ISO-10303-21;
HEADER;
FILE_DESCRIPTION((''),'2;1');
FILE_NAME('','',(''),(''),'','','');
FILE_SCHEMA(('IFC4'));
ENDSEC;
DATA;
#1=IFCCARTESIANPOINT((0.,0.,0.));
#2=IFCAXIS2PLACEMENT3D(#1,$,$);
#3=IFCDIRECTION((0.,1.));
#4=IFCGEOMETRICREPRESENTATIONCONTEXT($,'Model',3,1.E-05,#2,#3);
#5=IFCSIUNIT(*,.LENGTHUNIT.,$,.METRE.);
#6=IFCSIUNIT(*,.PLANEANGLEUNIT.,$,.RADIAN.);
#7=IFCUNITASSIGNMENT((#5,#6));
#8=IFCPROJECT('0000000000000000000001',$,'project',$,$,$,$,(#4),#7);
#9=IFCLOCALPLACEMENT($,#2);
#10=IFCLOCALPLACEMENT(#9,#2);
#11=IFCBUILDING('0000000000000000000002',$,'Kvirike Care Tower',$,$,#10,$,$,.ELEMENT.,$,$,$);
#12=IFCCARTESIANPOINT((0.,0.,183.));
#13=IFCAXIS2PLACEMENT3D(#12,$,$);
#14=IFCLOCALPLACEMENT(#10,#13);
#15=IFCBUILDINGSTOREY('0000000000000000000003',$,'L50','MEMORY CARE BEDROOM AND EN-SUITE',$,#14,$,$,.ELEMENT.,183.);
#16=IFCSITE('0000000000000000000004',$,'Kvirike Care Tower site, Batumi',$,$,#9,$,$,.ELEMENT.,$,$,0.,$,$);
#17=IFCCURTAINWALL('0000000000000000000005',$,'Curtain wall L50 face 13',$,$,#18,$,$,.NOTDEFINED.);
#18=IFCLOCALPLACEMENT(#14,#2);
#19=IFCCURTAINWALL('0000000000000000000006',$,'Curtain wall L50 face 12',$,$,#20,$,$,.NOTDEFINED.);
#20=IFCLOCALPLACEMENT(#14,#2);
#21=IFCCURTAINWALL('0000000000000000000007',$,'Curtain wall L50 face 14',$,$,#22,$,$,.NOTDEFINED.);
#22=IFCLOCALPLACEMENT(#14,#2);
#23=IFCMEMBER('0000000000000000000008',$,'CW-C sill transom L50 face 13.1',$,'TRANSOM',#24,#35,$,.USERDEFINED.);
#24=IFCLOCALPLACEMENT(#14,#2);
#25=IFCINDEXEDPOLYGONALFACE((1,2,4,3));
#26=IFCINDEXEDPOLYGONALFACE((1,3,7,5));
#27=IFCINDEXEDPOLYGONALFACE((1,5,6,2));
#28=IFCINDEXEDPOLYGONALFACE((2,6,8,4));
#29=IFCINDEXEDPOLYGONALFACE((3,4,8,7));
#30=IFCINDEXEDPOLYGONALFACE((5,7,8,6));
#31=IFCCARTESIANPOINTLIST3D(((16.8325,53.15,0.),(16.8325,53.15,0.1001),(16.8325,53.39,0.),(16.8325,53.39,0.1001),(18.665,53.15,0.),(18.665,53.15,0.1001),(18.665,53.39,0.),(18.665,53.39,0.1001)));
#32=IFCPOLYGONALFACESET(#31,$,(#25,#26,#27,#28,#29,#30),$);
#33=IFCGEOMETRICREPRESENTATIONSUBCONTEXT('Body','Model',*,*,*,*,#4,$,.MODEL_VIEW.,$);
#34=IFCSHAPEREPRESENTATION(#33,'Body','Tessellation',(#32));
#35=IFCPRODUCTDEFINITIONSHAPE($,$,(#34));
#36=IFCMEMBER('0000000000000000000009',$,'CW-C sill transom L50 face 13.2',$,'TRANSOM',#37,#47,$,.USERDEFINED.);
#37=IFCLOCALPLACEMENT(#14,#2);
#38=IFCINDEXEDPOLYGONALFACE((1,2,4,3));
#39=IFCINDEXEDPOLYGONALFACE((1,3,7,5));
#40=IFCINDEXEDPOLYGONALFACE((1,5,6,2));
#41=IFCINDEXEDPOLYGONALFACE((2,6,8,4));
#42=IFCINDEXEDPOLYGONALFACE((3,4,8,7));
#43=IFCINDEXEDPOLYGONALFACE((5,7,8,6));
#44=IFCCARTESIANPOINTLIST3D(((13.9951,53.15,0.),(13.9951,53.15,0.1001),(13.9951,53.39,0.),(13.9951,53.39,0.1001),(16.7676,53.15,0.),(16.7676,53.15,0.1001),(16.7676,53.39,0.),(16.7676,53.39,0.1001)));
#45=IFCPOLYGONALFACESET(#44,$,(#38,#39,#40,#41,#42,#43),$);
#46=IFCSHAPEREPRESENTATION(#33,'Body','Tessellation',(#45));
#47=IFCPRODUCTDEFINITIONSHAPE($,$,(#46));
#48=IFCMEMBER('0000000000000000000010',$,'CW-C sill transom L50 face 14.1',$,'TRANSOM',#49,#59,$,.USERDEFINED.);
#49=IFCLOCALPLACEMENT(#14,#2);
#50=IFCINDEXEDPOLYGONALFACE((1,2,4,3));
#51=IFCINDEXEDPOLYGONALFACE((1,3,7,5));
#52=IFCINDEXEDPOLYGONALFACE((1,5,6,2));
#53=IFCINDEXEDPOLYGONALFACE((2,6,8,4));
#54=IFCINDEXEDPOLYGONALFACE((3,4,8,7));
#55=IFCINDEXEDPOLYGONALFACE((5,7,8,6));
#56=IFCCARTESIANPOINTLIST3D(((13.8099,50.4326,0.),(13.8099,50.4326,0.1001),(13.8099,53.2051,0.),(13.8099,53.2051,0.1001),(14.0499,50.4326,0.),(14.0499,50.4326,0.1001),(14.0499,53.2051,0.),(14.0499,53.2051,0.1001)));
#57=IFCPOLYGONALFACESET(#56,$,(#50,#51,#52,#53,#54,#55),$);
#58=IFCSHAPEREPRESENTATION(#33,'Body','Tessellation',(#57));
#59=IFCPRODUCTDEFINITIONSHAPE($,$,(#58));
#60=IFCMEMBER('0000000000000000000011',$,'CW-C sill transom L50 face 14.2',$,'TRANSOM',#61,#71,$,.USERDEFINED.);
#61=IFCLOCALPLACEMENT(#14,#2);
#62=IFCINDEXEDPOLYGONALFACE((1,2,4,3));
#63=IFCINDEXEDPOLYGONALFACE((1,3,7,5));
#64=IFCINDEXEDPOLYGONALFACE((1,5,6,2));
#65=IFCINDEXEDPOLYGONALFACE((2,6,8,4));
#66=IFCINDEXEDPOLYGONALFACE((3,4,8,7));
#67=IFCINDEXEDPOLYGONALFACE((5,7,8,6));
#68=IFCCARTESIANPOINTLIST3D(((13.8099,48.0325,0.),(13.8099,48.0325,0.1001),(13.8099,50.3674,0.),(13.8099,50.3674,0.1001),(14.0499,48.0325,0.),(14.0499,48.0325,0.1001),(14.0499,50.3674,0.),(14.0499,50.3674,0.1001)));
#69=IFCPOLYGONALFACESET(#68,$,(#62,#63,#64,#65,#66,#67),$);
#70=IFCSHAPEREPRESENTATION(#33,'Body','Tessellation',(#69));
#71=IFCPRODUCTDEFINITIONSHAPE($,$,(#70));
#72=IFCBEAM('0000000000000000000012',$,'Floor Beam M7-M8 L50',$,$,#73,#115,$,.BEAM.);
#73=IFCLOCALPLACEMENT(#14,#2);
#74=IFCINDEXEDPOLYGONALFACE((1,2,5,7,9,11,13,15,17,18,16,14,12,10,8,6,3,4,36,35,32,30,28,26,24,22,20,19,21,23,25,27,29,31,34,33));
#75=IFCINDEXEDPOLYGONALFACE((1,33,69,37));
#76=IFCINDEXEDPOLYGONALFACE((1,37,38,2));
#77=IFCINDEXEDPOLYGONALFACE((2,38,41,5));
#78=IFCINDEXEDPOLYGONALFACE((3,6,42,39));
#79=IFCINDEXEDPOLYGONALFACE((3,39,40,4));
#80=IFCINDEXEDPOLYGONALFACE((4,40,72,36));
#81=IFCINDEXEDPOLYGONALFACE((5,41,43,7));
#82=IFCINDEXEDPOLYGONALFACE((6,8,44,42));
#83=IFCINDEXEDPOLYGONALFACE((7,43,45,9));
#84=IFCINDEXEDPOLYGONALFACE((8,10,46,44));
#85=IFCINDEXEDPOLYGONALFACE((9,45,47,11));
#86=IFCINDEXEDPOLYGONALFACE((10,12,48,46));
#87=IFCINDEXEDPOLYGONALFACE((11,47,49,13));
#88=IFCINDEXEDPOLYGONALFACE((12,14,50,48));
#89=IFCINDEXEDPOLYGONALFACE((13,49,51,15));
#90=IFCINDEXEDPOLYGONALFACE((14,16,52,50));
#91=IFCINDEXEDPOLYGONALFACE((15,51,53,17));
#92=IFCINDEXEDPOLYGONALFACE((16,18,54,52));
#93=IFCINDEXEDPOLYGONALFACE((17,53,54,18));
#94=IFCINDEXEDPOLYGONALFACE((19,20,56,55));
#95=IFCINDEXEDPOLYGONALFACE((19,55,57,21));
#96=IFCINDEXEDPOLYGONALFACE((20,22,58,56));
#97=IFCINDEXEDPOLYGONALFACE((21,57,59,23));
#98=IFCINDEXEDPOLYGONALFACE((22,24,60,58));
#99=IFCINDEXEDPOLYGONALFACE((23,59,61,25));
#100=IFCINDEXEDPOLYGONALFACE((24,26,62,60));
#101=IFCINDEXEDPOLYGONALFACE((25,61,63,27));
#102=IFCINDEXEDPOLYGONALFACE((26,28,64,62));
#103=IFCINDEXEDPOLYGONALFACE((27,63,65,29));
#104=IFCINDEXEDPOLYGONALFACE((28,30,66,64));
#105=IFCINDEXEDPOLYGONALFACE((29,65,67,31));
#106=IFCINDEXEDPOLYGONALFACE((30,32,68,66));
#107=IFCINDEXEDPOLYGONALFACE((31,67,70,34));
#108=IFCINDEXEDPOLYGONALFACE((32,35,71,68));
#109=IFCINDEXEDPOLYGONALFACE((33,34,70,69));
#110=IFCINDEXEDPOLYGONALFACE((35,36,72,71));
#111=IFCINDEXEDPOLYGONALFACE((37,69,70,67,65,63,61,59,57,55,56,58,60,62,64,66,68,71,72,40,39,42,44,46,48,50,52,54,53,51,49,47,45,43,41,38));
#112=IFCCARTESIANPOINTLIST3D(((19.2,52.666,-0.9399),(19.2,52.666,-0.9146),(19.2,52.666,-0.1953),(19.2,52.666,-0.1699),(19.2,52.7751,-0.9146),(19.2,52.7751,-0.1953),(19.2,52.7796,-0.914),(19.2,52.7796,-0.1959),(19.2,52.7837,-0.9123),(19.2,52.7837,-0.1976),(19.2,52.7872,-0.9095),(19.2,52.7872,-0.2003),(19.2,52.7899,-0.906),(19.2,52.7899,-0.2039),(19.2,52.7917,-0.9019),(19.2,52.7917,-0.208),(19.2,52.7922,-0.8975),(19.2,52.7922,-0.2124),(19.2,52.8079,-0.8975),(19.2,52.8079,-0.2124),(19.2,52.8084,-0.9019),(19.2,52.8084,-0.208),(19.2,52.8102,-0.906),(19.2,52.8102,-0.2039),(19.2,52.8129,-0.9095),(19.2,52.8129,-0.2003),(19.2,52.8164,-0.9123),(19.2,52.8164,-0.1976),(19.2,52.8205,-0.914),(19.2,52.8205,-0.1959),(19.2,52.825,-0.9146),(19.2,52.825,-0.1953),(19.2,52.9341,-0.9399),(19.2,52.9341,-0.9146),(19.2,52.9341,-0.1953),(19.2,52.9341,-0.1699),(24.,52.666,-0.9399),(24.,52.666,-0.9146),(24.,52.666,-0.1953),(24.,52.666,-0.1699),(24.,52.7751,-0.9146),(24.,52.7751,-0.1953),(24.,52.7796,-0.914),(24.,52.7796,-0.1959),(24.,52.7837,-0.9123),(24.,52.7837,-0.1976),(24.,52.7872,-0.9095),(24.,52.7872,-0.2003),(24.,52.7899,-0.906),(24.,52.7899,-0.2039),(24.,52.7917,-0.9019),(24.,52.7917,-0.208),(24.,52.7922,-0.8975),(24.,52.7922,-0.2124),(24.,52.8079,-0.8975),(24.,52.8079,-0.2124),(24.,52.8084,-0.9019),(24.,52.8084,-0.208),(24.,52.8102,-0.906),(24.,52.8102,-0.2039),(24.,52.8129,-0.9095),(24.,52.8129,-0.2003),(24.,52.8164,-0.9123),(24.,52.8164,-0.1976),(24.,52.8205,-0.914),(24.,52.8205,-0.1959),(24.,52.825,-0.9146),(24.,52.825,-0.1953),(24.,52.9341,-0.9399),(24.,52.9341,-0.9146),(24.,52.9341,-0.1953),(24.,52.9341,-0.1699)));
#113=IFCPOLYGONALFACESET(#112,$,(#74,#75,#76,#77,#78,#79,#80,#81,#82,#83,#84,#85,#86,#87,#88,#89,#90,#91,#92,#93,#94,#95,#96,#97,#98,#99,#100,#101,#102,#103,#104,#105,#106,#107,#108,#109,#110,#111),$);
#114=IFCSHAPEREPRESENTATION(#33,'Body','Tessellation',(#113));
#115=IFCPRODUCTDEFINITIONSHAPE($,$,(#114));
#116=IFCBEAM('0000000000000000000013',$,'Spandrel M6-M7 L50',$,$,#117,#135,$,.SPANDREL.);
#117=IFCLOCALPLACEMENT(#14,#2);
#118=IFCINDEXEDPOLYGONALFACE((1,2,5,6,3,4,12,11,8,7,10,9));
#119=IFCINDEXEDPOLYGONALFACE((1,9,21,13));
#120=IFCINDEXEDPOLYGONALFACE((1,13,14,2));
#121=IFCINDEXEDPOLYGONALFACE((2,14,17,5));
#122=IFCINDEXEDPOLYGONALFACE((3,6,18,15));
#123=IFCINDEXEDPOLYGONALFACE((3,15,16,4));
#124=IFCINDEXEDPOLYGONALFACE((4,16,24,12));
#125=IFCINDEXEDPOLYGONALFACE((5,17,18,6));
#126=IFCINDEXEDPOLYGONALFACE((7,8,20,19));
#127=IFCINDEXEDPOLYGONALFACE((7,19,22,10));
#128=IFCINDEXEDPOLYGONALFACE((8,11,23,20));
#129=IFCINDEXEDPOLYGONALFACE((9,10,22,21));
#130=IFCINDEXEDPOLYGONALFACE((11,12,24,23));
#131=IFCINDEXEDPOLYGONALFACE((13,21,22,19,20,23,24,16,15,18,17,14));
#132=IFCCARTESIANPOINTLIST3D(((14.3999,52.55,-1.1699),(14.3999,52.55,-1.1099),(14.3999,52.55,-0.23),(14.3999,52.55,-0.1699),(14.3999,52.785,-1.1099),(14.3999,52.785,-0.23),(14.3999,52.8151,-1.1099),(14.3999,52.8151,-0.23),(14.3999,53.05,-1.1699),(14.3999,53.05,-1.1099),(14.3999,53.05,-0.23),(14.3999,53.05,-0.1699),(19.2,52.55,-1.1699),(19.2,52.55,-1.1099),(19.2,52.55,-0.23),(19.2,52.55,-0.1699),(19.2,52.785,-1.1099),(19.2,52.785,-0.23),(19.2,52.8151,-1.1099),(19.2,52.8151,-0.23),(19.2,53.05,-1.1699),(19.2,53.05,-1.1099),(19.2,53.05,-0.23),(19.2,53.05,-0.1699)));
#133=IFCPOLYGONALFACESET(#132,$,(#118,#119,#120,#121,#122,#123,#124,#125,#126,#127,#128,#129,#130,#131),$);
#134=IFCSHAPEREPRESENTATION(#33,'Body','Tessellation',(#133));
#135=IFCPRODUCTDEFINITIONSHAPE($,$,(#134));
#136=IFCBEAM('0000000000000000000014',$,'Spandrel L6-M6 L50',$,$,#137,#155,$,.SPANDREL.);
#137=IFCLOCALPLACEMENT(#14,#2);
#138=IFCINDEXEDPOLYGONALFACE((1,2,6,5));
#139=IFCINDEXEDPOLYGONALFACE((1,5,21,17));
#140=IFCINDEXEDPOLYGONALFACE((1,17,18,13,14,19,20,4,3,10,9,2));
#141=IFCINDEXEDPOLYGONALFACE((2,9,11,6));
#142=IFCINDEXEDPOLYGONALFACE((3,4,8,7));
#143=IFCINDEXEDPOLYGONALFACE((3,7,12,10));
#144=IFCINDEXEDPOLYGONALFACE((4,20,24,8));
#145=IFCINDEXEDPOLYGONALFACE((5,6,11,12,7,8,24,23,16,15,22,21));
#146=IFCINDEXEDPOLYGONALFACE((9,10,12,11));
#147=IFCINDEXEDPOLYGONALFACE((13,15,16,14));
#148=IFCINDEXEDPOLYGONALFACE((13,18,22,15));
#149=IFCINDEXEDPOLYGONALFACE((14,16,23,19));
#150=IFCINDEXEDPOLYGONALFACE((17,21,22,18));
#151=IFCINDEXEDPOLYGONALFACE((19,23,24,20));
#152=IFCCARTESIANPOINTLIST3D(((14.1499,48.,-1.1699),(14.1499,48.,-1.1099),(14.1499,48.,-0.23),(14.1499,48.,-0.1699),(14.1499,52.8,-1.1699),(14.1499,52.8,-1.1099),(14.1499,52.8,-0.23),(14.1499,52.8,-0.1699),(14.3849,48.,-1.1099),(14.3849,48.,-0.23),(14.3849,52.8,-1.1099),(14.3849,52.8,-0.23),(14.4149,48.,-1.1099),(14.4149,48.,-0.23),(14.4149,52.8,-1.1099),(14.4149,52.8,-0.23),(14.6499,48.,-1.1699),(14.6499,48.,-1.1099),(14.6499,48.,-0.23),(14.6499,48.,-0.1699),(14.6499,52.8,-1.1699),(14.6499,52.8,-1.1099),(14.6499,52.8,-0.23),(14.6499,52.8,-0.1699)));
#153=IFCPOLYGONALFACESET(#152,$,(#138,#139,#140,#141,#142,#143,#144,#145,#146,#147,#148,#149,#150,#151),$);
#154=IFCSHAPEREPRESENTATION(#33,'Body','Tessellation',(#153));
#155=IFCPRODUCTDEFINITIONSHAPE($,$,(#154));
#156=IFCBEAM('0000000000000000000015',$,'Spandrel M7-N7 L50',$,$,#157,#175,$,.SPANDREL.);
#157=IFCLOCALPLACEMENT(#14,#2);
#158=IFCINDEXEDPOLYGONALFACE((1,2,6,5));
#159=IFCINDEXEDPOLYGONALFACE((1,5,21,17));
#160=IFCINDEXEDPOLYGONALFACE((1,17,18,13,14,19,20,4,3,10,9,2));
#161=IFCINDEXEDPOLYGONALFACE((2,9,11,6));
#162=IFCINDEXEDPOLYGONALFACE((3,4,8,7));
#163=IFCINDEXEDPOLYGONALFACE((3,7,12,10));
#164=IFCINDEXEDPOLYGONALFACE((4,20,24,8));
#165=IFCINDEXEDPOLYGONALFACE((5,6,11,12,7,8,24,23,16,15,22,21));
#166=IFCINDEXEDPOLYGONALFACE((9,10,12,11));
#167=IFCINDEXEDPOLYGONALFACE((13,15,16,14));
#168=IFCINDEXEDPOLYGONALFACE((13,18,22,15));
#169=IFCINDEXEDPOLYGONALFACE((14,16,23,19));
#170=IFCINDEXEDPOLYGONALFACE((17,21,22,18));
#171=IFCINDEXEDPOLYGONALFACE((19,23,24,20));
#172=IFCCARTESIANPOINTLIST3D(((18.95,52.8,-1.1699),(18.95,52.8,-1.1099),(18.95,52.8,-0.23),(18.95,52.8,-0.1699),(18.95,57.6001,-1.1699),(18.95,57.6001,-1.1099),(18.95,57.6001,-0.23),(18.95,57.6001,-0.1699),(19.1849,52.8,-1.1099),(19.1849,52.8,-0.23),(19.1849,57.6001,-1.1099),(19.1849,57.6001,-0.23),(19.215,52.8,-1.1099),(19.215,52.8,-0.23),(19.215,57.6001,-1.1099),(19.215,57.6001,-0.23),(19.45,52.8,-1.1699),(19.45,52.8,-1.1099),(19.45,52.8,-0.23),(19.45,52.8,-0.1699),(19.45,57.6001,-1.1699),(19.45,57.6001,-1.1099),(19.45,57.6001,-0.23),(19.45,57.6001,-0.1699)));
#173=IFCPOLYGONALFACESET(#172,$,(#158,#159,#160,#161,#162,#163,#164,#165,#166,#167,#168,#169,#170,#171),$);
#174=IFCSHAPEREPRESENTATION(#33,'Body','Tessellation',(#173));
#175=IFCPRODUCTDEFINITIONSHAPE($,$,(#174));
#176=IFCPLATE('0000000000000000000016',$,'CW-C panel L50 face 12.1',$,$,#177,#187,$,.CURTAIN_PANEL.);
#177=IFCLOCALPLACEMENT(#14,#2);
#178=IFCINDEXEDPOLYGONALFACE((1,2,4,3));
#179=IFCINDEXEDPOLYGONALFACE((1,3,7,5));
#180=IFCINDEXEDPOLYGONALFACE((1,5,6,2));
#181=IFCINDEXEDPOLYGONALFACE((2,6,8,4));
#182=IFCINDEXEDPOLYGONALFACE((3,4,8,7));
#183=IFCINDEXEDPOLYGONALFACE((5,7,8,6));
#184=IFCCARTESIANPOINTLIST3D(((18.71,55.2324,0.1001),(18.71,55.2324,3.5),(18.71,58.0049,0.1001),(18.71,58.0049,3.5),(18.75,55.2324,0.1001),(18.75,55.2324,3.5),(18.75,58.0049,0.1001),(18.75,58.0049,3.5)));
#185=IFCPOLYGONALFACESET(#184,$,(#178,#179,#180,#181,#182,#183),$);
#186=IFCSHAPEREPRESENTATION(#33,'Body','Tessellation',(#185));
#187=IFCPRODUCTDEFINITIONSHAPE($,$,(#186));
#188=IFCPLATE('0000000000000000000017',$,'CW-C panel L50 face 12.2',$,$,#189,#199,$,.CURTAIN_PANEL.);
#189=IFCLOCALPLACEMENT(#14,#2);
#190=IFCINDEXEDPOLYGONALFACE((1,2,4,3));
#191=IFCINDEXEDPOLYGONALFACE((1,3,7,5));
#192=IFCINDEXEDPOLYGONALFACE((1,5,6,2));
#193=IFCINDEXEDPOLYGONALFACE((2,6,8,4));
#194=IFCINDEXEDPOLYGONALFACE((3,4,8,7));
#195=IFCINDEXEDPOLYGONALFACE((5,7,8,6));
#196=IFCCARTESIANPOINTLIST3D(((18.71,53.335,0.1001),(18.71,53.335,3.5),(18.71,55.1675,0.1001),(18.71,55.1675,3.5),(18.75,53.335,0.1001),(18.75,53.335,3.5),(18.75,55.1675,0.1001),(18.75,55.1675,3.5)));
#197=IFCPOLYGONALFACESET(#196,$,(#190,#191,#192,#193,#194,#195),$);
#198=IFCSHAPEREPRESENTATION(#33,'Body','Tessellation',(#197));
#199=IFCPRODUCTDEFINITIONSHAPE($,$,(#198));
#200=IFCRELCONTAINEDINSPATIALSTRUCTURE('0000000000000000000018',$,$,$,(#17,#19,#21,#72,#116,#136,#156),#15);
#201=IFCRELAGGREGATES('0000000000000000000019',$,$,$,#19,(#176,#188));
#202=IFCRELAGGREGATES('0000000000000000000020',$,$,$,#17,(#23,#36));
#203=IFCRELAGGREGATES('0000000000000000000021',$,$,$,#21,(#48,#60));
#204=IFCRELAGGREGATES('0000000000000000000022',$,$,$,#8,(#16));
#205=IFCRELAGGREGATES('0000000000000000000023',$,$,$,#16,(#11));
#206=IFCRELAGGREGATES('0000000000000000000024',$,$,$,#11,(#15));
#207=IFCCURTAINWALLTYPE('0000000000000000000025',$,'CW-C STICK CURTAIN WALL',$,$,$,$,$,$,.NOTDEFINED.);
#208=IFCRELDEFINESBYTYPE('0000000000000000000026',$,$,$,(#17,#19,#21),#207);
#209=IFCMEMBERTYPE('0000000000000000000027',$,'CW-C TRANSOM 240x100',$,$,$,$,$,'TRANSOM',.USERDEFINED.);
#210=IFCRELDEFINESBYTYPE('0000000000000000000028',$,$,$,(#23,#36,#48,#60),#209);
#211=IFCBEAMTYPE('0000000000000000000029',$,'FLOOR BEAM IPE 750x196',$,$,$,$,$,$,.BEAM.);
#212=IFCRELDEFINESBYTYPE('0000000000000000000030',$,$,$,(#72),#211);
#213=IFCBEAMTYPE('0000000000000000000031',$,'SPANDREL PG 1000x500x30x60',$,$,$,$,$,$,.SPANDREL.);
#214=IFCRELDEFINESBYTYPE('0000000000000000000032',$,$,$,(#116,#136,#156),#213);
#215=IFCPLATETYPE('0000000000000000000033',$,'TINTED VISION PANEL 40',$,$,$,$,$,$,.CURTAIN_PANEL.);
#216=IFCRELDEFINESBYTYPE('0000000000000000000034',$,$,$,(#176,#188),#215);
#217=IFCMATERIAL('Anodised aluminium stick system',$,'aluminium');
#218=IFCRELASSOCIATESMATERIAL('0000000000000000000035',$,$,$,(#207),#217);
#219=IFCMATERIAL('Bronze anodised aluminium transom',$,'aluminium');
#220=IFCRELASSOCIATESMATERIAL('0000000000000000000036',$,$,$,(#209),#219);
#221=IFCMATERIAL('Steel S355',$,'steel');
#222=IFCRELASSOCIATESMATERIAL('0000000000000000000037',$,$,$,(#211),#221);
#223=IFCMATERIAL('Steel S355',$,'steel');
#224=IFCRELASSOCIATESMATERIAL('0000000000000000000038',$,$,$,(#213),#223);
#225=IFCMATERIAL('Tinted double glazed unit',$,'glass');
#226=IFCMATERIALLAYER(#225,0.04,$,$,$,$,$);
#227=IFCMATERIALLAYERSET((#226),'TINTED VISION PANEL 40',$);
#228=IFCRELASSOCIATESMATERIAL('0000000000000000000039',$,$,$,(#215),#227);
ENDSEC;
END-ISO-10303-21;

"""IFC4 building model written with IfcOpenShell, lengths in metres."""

from ifc_helpers import new_model, si_unit, direction, frame, origin, origin_2d, place, context, subcontext, project, spatial, rectangle, i_section, extrude, material, layer, layer_set, material_profile, profile_set, type_object, element, aggregate, save


model = new_model("IFC4")

# Units and contexts
model_context = context("Model", 3, precision=1e-05, world=origin(), true_north=direction((0.0, 1.0)))
body_context = subcontext(model_context, "Body", "Model", "MODEL_VIEW")
ifc_project = project(units=[si_unit("LENGTHUNIT", "METRE"), si_unit("PLANEANGLEUNIT", "RADIAN")], contexts=[model_context])

# Site, building, storey
site_placement = place(None, origin())
site = spatial("IfcSite", under=ifc_project, at=site_placement, Name="Kvirike Care Tower site, Batumi", CompositionType="ELEMENT", RefElevation=0.0)
building_placement = place(site_placement, origin())
building = spatial("IfcBuilding", under=site, at=building_placement, Name="Kvirike Care Tower", CompositionType="ELEMENT")
storey_placement = place(building_placement, frame((0.0, 0.0, 183.0)))
storey = spatial("IfcBuildingStorey", under=building, at=storey_placement, Name="L50", Description="MEMORY CARE BEDROOM AND EN-SUITE", CompositionType="ELEMENT", Elevation=183.0)

# Curtain wall
ifc_material_1 = material(Name="Anodised aluminium stick system", Category="aluminium")
curtain_wall_type = type_object("IfcCurtainWallType", Name="CW-C STICK CURTAIN WALL", PredefinedType="NOTDEFINED", material=ifc_material_1)
curtain_wall_1_placement = place(storey_placement, origin())
curtain_wall_1 = element("IfcCurtainWall", 1, at=curtain_wall_1_placement, inside=storey, type_object=curtain_wall_type, Name="Curtain wall L50 face 13", PredefinedType="NOTDEFINED")

# Curtain wall
curtain_wall_2_placement = place(storey_placement, origin())
curtain_wall_2 = element("IfcCurtainWall", 2, at=curtain_wall_2_placement, inside=storey, type_object=curtain_wall_type, Name="Curtain wall L50 face 12", PredefinedType="NOTDEFINED")

# Curtain wall
curtain_wall_3_placement = place(storey_placement, origin())
curtain_wall_3 = element("IfcCurtainWall", 3, at=curtain_wall_3_placement, inside=storey, type_object=curtain_wall_type, Name="Curtain wall L50 face 14", PredefinedType="NOTDEFINED")

# Members
ifc_material_2 = material(Name="Bronze anodised aluminium transom", Category="aluminium")
ifc_material_profile_1 = material_profile(ifc_material_2, rectangle(XDim=0.24, YDim=0.1001, at=origin_2d()), Name="CW-C TRANSOM 240x100")
ifc_profile_set_1 = profile_set([ifc_material_profile_1], Name="Bronze anodised aluminium transom")
member_type_1 = type_object("IfcMemberType", Name="CW-C TRANSOM 240x100", ElementType="TRANSOM", PredefinedType="USERDEFINED", material=ifc_profile_set_1)
member_1_placement = place(storey_placement, frame((18.665, 53.27, 0.05), z_axis=(-1.0, 0.0, 0.0), x_axis=(0.0, -1.0, 0.0)))
member_1 = element("IfcMember", 4, at=member_1_placement, type_object=member_type_1, Name="CW-C sill transom L50 face 13.1", ObjectType="TRANSOM", PredefinedType="USERDEFINED", context=body_context, shape_type="SweptSolid", body=[
    extrude(rectangle(XDim=0.24, YDim=0.1001, at=origin_2d()), origin(), (0.0, 0.0, 1.0), 1.8325),
])
member_2_placement = place(storey_placement, frame((16.7676, 53.27, 0.05), z_axis=(-1.0, 0.0, 0.0), x_axis=(0.0, -1.0, 0.0)))
member_2 = element("IfcMember", 5, at=member_2_placement, type_object=member_type_1, Name="CW-C sill transom L50 face 13.2", ObjectType="TRANSOM", PredefinedType="USERDEFINED", context=body_context, shape_type="SweptSolid", body=[
    extrude(rectangle(XDim=0.24, YDim=0.1001, at=origin_2d()), origin(), (0.0, 0.0, 1.0), 2.7725),
])
member_3_placement = place(storey_placement, frame((13.9299, 53.2051, 0.05), z_axis=(0.0, -1.0, 0.0), x_axis=(1.0, 0.0, 0.0)))
member_3 = element("IfcMember", 6, at=member_3_placement, type_object=member_type_1, Name="CW-C sill transom L50 face 14.1", ObjectType="TRANSOM", PredefinedType="USERDEFINED", context=body_context, shape_type="SweptSolid", body=[
    extrude(rectangle(XDim=0.24, YDim=0.1001, at=origin_2d()), origin(), (0.0, 0.0, 1.0), 2.7725),
])
member_4_placement = place(storey_placement, frame((13.9299, 50.3674, 0.05), z_axis=(0.0, -1.0, 0.0), x_axis=(1.0, 0.0, 0.0)))
member_4 = element("IfcMember", 7, at=member_4_placement, type_object=member_type_1, Name="CW-C sill transom L50 face 14.2", ObjectType="TRANSOM", PredefinedType="USERDEFINED", context=body_context, shape_type="SweptSolid", body=[
    extrude(rectangle(XDim=0.24, YDim=0.1001, at=origin_2d()), origin(), (0.0, 0.0, 1.0), 2.335),
])

# Beams
ifc_material_3 = material(Name="Steel S355", Category="steel")
ifc_material_profile_2 = material_profile(ifc_material_3, i_section(OverallWidth=0.2681, OverallDepth=0.77, WebThickness=0.0156, FlangeThickness=0.0254, FilletRadius=0.0171, at=origin_2d()), Name="IPE 750x196")
ifc_profile_set_2 = profile_set([ifc_material_profile_2], Name="Steel S355")
beam_type_1 = type_object("IfcBeamType", Name="FLOOR BEAM IPE 750x196", PredefinedType="BEAM", material=ifc_profile_set_2)
beam_placement = place(storey_placement, frame((19.2, 52.8, -0.5549), z_axis=(1.0, 0.0, 0.0), x_axis=(0.0, 1.0, 0.0)))
element("IfcBeam", 8, at=beam_placement, inside=storey, type_object=beam_type_1, Name="Floor Beam M7-M8 L50", PredefinedType="BEAM", context=body_context, shape_type="SweptSolid", body=[
    extrude(i_section(OverallWidth=0.2681, OverallDepth=0.77, WebThickness=0.0156, FlangeThickness=0.0254, FilletRadius=0.0171, at=origin_2d()), origin(), (0.0, 0.0, 1.0), 4.8),
])
ifc_material_4 = material(Name="Steel S355", Category="steel")
ifc_material_profile_3 = material_profile(ifc_material_4, i_section(OverallWidth=0.5, OverallDepth=1.0, WebThickness=0.03, FlangeThickness=0.0601, at=origin_2d()), Name="PG 1000x500x30x60")
ifc_profile_set_3 = profile_set([ifc_material_profile_3], Name="Steel S355")
beam_type_2 = type_object("IfcBeamType", Name="SPANDREL PG 1000x500x30x60", PredefinedType="SPANDREL", material=ifc_profile_set_3)
for number, where, z_axis, x_axis, name in (
    (9, (14.3999, 52.8, -0.6699), (1.0, 0.0, 0.0), (0.0, 1.0, 0.0), "Spandrel M6-M7 L50"),
    (10, (14.3999, 48.0, -0.6699), (0.0, 1.0, 0.0), (-1.0, 0.0, 0.0), "Spandrel L6-M6 L50"),
    (11, (19.2, 52.8, -0.6699), (0.0, 1.0, 0.0), (-1.0, 0.0, 0.0), "Spandrel M7-N7 L50"),
):
    element("IfcBeam", number, at=place(storey_placement, frame(where, z_axis=z_axis, x_axis=x_axis)), inside=storey, type_object=beam_type_2, Name=name, PredefinedType="SPANDREL", context=body_context, shape_type="SweptSolid", body=[
        extrude(i_section(OverallWidth=0.5, OverallDepth=1.0, WebThickness=0.03, FlangeThickness=0.0601, at=origin_2d()), origin(), (0.0, 0.0, 1.0), 4.8),
    ])

# Plates
ifc_material_5 = material(Name="Tinted double glazed unit", Category="glass")
ifc_layer_1 = layer(ifc_material_5, 0.04)
ifc_layer_set_1 = layer_set([ifc_layer_1], Name="TINTED VISION PANEL 40")
plate_type = type_object("IfcPlateType", Name="TINTED VISION PANEL 40", PredefinedType="CURTAIN_PANEL", material=ifc_layer_set_1)
plate_1_placement = place(storey_placement, frame((18.73, 56.6187, 0.1001), z_axis=(0.0, 0.0, 1.0), x_axis=(0.0, -1.0, 0.0)))
plate_1 = element("IfcPlate", 12, at=plate_1_placement, type_object=plate_type, Name="CW-C panel L50 face 12.1", PredefinedType="CURTAIN_PANEL", context=body_context, shape_type="SweptSolid", body=[
    extrude(rectangle(XDim=2.7725, YDim=0.04, at=origin_2d()), origin(), (0.0, 0.0, 1.0), 3.3999),
])
plate_2_placement = place(storey_placement, frame((18.73, 54.2512, 0.1001), z_axis=(0.0, 0.0, 1.0), x_axis=(0.0, -1.0, 0.0)))
plate_2 = element("IfcPlate", 13, at=plate_2_placement, type_object=plate_type, Name="CW-C panel L50 face 12.2", PredefinedType="CURTAIN_PANEL", context=body_context, shape_type="SweptSolid", body=[
    extrude(rectangle(XDim=1.8325, YDim=0.04, at=origin_2d()), origin(), (0.0, 0.0, 1.0), 3.3999),
])
aggregate(curtain_wall_2, [plate_1, plate_2])
aggregate(curtain_wall_1, [member_1, member_2])
aggregate(curtain_wall_3, [member_3, member_4])

save(model, "model.ifc")
